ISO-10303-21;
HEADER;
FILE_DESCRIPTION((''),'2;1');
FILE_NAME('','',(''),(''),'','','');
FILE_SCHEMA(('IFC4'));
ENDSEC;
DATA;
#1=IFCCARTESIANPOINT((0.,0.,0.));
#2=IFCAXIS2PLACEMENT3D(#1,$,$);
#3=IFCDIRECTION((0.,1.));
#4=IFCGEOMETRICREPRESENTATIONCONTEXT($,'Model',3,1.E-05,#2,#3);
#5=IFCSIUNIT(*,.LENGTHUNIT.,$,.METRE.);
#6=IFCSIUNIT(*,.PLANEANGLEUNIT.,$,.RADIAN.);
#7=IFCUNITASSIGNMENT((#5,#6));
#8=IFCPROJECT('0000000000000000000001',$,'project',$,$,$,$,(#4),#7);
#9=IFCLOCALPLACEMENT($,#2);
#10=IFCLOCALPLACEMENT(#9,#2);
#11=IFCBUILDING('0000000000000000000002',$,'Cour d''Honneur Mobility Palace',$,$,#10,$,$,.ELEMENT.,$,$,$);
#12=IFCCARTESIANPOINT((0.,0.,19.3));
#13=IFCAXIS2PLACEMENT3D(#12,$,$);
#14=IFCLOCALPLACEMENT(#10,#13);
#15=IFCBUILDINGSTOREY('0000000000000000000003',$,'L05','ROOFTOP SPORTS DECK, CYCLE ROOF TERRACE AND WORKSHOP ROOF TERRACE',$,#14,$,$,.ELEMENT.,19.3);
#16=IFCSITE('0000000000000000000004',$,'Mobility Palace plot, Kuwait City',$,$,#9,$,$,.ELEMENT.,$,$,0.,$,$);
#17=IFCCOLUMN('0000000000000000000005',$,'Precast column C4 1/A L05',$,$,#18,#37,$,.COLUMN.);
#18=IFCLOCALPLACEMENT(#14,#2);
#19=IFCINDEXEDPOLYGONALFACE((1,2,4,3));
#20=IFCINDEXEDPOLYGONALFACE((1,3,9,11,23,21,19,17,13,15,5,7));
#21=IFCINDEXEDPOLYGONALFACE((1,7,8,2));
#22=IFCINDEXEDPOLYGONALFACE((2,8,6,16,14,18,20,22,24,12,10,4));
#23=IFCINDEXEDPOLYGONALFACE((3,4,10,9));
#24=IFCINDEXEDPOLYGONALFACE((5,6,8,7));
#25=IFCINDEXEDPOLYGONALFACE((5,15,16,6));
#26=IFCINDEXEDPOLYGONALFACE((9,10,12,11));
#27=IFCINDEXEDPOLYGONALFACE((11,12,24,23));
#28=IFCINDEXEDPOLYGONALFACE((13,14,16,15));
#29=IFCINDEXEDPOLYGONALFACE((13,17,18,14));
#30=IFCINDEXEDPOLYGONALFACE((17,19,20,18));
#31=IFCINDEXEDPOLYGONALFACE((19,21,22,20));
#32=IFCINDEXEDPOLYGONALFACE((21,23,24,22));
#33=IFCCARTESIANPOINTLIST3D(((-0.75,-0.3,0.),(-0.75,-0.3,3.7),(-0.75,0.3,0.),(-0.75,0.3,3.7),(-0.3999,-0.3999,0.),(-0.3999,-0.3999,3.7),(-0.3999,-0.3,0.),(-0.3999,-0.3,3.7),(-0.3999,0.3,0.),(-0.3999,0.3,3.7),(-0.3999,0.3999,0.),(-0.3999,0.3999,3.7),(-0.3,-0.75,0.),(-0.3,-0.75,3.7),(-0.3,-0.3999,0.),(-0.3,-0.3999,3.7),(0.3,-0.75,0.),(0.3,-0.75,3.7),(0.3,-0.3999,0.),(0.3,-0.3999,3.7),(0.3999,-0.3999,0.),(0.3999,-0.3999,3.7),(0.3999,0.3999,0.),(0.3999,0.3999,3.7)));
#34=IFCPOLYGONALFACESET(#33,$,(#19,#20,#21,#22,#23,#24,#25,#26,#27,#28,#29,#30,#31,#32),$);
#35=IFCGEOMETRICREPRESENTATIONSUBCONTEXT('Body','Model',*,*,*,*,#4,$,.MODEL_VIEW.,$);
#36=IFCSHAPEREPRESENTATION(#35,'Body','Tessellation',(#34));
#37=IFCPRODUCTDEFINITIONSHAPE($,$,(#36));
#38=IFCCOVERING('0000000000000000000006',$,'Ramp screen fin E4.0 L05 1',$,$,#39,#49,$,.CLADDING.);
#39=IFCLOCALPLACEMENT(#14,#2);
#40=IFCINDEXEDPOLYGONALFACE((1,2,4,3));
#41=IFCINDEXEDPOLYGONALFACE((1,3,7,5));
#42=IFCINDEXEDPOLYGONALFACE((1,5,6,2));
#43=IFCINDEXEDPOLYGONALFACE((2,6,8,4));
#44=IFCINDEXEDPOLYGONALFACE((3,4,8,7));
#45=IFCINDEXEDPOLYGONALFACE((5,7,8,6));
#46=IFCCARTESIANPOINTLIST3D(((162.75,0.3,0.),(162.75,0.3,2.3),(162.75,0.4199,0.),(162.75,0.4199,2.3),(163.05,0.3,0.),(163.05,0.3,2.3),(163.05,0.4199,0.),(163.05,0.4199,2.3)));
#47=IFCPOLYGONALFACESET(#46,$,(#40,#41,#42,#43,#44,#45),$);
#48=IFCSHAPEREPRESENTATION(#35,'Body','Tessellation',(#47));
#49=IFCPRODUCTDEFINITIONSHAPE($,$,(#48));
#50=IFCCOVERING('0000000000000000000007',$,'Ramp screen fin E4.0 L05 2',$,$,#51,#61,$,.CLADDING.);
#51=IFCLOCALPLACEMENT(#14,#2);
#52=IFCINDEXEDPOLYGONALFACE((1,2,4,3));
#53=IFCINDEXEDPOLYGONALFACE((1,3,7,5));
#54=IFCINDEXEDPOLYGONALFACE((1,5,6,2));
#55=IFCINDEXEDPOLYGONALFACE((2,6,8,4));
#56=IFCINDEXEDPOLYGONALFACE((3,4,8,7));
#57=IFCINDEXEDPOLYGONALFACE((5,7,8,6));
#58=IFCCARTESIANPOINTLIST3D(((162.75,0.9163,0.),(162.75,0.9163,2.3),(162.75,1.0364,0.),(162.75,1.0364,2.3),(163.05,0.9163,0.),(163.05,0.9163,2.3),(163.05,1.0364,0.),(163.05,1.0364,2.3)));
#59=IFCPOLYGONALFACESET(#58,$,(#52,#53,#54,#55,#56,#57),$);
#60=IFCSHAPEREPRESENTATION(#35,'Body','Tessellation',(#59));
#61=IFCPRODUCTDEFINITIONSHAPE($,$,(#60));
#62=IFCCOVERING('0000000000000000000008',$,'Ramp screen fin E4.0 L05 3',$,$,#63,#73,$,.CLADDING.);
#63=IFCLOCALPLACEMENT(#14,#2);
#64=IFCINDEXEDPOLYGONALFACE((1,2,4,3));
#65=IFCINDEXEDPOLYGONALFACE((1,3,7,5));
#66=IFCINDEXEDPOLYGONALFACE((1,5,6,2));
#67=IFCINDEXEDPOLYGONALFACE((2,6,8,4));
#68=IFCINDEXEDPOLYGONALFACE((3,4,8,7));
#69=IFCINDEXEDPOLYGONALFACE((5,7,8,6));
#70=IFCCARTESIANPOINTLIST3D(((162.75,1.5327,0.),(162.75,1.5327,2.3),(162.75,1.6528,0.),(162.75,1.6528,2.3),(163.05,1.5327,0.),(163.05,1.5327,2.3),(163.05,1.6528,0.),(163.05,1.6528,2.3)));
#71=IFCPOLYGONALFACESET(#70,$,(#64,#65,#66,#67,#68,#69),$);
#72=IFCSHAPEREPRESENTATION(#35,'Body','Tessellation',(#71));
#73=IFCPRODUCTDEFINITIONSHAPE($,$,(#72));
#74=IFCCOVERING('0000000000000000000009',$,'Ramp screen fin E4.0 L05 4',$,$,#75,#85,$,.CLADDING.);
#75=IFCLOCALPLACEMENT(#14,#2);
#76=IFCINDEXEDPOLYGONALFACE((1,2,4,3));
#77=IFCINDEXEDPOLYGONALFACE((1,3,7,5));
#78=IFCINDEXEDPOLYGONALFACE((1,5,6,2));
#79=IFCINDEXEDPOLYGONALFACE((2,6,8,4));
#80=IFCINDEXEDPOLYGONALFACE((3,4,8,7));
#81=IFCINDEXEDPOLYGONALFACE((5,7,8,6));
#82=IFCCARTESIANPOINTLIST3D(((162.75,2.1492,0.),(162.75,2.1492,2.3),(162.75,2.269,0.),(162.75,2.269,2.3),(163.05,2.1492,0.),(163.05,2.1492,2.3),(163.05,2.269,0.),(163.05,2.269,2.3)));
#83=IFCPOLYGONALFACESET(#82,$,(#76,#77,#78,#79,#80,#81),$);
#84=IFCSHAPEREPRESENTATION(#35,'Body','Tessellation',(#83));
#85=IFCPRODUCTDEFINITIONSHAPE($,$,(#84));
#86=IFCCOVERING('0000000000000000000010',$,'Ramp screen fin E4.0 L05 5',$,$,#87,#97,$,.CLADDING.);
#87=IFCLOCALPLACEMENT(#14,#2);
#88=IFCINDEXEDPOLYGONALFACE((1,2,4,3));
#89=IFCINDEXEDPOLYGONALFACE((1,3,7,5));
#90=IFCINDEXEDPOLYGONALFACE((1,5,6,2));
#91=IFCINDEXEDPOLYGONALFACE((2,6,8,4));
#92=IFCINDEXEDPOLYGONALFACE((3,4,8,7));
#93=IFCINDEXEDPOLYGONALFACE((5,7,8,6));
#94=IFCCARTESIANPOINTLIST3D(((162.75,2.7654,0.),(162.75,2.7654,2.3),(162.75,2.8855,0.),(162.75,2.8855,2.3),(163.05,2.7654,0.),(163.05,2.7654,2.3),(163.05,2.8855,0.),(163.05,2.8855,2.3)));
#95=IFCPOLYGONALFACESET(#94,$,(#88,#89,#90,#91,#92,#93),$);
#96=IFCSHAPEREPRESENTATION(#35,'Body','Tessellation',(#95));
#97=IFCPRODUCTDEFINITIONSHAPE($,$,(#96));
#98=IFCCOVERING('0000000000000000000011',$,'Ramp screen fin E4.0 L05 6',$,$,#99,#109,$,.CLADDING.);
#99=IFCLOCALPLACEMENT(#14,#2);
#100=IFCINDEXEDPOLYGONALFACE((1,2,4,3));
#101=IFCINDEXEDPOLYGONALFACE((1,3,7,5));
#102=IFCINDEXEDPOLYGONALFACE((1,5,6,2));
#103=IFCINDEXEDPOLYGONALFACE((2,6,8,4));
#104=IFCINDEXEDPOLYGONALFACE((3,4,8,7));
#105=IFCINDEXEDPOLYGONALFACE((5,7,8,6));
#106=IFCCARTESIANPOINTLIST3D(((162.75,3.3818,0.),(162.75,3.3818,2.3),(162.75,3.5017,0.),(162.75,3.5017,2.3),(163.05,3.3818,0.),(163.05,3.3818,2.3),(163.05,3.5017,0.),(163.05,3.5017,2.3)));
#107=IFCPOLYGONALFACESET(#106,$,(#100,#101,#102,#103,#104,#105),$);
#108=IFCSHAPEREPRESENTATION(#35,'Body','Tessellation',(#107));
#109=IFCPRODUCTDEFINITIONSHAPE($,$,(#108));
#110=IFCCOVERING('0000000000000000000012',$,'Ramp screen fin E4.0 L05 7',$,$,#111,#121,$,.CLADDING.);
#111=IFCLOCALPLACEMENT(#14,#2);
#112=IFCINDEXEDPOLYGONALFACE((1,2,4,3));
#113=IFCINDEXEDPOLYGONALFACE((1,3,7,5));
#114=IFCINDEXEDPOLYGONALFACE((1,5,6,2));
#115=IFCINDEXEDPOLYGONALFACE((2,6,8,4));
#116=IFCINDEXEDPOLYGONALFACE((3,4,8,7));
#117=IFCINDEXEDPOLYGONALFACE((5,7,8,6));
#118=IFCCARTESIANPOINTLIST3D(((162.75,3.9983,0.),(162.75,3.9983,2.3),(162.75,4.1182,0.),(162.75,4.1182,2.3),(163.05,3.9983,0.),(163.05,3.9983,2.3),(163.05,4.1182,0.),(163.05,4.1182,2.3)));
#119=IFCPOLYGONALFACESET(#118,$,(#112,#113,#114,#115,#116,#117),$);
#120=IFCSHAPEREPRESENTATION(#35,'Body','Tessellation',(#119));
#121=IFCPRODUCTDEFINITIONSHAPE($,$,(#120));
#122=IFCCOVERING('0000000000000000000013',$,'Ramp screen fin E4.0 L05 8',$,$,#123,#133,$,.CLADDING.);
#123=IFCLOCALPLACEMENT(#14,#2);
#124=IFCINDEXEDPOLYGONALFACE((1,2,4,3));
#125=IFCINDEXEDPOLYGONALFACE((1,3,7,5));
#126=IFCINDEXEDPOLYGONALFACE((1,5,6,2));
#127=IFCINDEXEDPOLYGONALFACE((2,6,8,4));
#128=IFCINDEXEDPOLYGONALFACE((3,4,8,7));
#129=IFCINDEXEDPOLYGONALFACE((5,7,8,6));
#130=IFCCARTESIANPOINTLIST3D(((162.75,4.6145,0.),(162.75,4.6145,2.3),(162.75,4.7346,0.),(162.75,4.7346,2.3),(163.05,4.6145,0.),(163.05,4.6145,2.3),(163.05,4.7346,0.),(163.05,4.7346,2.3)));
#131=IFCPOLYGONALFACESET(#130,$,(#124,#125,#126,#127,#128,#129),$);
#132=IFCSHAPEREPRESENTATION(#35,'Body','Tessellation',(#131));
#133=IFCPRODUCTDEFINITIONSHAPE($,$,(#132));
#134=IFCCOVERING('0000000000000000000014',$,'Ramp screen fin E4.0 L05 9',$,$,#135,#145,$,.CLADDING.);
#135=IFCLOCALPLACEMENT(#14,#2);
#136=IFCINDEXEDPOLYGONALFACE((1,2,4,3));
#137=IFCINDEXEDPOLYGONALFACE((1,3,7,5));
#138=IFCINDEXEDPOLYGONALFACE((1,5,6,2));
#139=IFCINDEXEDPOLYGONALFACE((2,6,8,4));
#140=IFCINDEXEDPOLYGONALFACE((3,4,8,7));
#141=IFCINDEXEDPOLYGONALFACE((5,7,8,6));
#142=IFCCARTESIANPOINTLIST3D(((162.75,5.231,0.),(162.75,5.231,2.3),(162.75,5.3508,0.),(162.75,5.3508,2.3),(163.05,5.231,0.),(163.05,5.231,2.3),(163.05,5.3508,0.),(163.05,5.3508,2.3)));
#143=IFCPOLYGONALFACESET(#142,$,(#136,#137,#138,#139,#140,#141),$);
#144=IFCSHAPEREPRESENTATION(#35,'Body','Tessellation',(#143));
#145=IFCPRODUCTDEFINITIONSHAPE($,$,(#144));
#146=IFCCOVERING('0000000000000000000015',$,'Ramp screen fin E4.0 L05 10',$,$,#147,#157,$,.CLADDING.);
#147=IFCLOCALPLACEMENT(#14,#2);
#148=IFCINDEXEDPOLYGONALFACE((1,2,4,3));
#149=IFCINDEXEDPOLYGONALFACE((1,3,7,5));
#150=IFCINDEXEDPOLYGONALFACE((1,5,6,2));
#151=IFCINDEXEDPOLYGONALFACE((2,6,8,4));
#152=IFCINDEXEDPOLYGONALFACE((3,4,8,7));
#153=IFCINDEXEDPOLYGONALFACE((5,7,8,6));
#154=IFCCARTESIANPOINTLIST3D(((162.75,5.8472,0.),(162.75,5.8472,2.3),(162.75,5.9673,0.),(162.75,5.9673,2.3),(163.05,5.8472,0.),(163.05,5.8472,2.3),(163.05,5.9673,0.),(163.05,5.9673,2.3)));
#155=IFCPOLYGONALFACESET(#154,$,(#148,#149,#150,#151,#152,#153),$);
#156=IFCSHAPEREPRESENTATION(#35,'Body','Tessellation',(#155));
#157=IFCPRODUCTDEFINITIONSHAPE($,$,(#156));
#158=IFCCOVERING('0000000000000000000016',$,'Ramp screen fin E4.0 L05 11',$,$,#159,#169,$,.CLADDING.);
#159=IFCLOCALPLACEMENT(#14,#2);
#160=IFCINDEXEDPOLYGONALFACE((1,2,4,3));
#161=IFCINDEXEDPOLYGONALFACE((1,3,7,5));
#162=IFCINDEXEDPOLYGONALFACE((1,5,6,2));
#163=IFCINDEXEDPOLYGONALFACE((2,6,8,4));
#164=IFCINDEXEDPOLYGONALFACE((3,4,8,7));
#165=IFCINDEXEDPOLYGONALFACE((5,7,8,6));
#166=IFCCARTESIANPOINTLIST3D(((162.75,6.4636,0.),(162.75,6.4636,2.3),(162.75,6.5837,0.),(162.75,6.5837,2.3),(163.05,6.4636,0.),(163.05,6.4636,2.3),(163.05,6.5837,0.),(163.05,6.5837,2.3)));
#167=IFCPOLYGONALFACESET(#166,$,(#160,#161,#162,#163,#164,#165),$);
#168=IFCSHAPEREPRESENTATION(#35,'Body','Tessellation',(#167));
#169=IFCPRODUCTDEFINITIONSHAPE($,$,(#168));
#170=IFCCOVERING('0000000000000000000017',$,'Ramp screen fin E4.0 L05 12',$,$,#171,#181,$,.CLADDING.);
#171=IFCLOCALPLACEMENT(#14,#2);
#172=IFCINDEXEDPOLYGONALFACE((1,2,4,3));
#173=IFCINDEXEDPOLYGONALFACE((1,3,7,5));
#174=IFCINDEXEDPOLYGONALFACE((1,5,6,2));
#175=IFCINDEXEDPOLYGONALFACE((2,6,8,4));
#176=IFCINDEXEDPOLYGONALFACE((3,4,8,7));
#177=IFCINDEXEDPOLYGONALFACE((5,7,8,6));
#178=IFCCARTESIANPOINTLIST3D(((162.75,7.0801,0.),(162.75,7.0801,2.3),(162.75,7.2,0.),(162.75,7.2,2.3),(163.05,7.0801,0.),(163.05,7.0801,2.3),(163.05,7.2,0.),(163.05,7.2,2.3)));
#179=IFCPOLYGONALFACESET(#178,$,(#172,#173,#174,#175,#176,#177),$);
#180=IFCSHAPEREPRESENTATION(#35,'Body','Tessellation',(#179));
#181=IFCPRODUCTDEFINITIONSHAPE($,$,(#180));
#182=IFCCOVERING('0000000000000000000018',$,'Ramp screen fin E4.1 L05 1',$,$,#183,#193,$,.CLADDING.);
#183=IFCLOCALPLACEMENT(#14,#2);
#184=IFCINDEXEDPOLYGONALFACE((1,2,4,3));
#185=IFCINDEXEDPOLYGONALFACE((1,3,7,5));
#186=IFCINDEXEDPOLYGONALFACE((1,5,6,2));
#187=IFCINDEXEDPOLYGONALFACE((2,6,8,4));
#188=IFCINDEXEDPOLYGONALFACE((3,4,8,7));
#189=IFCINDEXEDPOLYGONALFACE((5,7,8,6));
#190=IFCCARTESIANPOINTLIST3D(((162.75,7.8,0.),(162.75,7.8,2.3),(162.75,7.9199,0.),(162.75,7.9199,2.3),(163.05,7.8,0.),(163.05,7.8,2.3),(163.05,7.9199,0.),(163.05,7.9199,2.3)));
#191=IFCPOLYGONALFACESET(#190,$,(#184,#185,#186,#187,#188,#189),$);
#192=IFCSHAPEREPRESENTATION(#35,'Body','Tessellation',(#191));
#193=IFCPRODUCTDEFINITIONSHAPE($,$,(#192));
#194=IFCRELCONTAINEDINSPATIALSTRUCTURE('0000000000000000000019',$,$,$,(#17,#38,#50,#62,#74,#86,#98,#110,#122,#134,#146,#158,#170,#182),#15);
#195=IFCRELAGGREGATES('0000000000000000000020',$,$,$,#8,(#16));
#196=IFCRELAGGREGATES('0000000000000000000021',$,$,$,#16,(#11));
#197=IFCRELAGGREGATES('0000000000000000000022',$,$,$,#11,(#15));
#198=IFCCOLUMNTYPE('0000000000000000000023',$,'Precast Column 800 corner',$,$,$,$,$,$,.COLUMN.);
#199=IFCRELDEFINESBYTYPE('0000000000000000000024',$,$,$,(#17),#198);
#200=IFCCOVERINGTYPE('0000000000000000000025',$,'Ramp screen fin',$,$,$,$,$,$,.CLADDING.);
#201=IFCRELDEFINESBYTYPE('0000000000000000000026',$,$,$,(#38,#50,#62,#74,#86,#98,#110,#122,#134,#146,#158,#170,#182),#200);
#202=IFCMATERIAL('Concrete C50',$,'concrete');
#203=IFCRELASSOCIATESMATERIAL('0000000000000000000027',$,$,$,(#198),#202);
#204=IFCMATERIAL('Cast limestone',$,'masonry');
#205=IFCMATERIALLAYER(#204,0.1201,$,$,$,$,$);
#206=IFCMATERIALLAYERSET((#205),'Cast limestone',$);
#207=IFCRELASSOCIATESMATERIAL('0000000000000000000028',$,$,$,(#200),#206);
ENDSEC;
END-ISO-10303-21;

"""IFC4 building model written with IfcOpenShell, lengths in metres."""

from ifc_helpers import new_model, si_unit, direction, frame, origin, place, context, subcontext, project, spatial, polyline, outline, extrude, material, layer, layer_set, material_profile, profile_set, type_object, element, save


model = new_model("IFC4")

# Units and contexts
model_context = context("Model", 3, precision=1e-05, world=origin(), true_north=direction((0.0, 1.0)))
body_context = subcontext(model_context, "Body", "Model", "MODEL_VIEW")
ifc_project = project(units=[si_unit("LENGTHUNIT", "METRE"), si_unit("PLANEANGLEUNIT", "RADIAN")], contexts=[model_context])

# Site, building, storey
site_placement = place(None, origin())
site = spatial("IfcSite", under=ifc_project, at=site_placement, Name="Mobility Palace plot, Kuwait City", CompositionType="ELEMENT", RefElevation=0.0)
building_placement = place(site_placement, origin())
building = spatial("IfcBuilding", under=site, at=building_placement, Name="Cour d'Honneur Mobility Palace", CompositionType="ELEMENT")
storey_placement = place(building_placement, frame((0.0, 0.0, 19.3)))
storey = spatial("IfcBuildingStorey", under=building, at=storey_placement, Name="L05", Description="ROOFTOP SPORTS DECK, CYCLE ROOF TERRACE AND WORKSHOP ROOF TERRACE", CompositionType="ELEMENT", Elevation=19.3)

# Column
ifc_material_1 = material(Name="Concrete C50", Category="concrete")
ifc_material_profile = material_profile(ifc_material_1, outline(polyline([(-0.3999, -0.3999), (0.3999, -0.3999), (0.3999, -0.3), (0.75, -0.3), (0.75, 0.3), (0.3999, 0.3), (0.3999, 0.3999), (0.3, 0.3999), (0.3, 0.75), (-0.3, 0.75), (-0.3, 0.3999), (-0.3999, 0.3999), (-0.3999, -0.3999)])), Name="PC C800 corner")
ifc_profile_set = profile_set([ifc_material_profile], Name="Concrete C50")
column_type = type_object("IfcColumnType", Name="Precast Column 800 corner", PredefinedType="COLUMN", material=ifc_profile_set)
column_placement = place(storey_placement, frame((0.0, 0.0, 0.0), z_axis=(0.0, 0.0, 1.0), x_axis=(-1.0, 0.0, 0.0)))
element("IfcColumn", 1, at=column_placement, inside=storey, type_object=column_type, Name="Precast column C4 1/A L05", PredefinedType="COLUMN", context=body_context, shape_type="SweptSolid", body=[
    extrude(outline(polyline([(-0.3999, -0.3999), (0.3999, -0.3999), (0.3999, -0.3), (0.75, -0.3), (0.75, 0.3), (0.3999, 0.3), (0.3999, 0.3999), (0.3, 0.3999), (0.3, 0.75), (-0.3, 0.75), (-0.3, 0.3999), (-0.3999, 0.3999), (-0.3999, -0.3999)])), origin(), (0.0, 0.0, 1.0), 3.7),
])

# Coverings
ifc_material_2 = material(Name="Cast limestone", Category="masonry")
ifc_layer = layer(ifc_material_2, 0.1201)
ifc_layer_set = layer_set([ifc_layer], Name="Cast limestone")
covering_type = type_object("IfcCoveringType", Name="Ramp screen fin", PredefinedType="CLADDING", material=ifc_layer_set)
covering_1_placement = place(storey_placement, origin())
element("IfcCovering", 2, at=covering_1_placement, inside=storey, type_object=covering_type, Name="Ramp screen fin E4.0 L05 1", PredefinedType="CLADDING", context=body_context, shape_type="SweptSolid", body=[
    extrude(outline(polyline([(162.75, 0.3), (162.75, 0.4199), (163.05, 0.4199), (163.05, 0.3), (162.75, 0.3)])), origin(), (0.0, 0.0, 1.0), 2.3),
])
covering_2_placement = place(storey_placement, origin())
element("IfcCovering", 3, at=covering_2_placement, inside=storey, type_object=covering_type, Name="Ramp screen fin E4.0 L05 2", PredefinedType="CLADDING", context=body_context, shape_type="SweptSolid", body=[
    extrude(outline(polyline([(162.75, 0.9163), (162.75, 1.0364), (163.05, 1.0364), (163.05, 0.9163), (162.75, 0.9163)])), origin(), (0.0, 0.0, 1.0), 2.3),
])
covering_3_placement = place(storey_placement, origin())
element("IfcCovering", 4, at=covering_3_placement, inside=storey, type_object=covering_type, Name="Ramp screen fin E4.0 L05 3", PredefinedType="CLADDING", context=body_context, shape_type="SweptSolid", body=[
    extrude(outline(polyline([(162.75, 1.5327), (162.75, 1.6528), (163.05, 1.6528), (163.05, 1.5327), (162.75, 1.5327)])), origin(), (0.0, 0.0, 1.0), 2.3),
])
covering_4_placement = place(storey_placement, origin())
element("IfcCovering", 5, at=covering_4_placement, inside=storey, type_object=covering_type, Name="Ramp screen fin E4.0 L05 4", PredefinedType="CLADDING", context=body_context, shape_type="SweptSolid", body=[
    extrude(outline(polyline([(162.75, 2.1492), (162.75, 2.269), (163.05, 2.269), (163.05, 2.1492), (162.75, 2.1492)])), origin(), (0.0, 0.0, 1.0), 2.3),
])
covering_5_placement = place(storey_placement, origin())
element("IfcCovering", 6, at=covering_5_placement, inside=storey, type_object=covering_type, Name="Ramp screen fin E4.0 L05 5", PredefinedType="CLADDING", context=body_context, shape_type="SweptSolid", body=[
    extrude(outline(polyline([(162.75, 2.7654), (162.75, 2.8855), (163.05, 2.8855), (163.05, 2.7654), (162.75, 2.7654)])), origin(), (0.0, 0.0, 1.0), 2.3),
])
covering_6_placement = place(storey_placement, origin())
element("IfcCovering", 7, at=covering_6_placement, inside=storey, type_object=covering_type, Name="Ramp screen fin E4.0 L05 6", PredefinedType="CLADDING", context=body_context, shape_type="SweptSolid", body=[
    extrude(outline(polyline([(162.75, 3.3818), (162.75, 3.5017), (163.05, 3.5017), (163.05, 3.3818), (162.75, 3.3818)])), origin(), (0.0, 0.0, 1.0), 2.3),
])
covering_7_placement = place(storey_placement, origin())
element("IfcCovering", 8, at=covering_7_placement, inside=storey, type_object=covering_type, Name="Ramp screen fin E4.0 L05 7", PredefinedType="CLADDING", context=body_context, shape_type="SweptSolid", body=[
    extrude(outline(polyline([(162.75, 3.9983), (162.75, 4.1182), (163.05, 4.1182), (163.05, 3.9983), (162.75, 3.9983)])), origin(), (0.0, 0.0, 1.0), 2.3),
])
covering_8_placement = place(storey_placement, origin())
element("IfcCovering", 9, at=covering_8_placement, inside=storey, type_object=covering_type, Name="Ramp screen fin E4.0 L05 8", PredefinedType="CLADDING", context=body_context, shape_type="SweptSolid", body=[
    extrude(outline(polyline([(162.75, 4.6145), (162.75, 4.7346), (163.05, 4.7346), (163.05, 4.6145), (162.75, 4.6145)])), origin(), (0.0, 0.0, 1.0), 2.3),
])
covering_9_placement = place(storey_placement, origin())
element("IfcCovering", 10, at=covering_9_placement, inside=storey, type_object=covering_type, Name="Ramp screen fin E4.0 L05 9", PredefinedType="CLADDING", context=body_context, shape_type="SweptSolid", body=[
    extrude(outline(polyline([(162.75, 5.231), (162.75, 5.3508), (163.05, 5.3508), (163.05, 5.231), (162.75, 5.231)])), origin(), (0.0, 0.0, 1.0), 2.3),
])
covering_10_placement = place(storey_placement, origin())
element("IfcCovering", 11, at=covering_10_placement, inside=storey, type_object=covering_type, Name="Ramp screen fin E4.0 L05 10", PredefinedType="CLADDING", context=body_context, shape_type="SweptSolid", body=[
    extrude(outline(polyline([(162.75, 5.8472), (162.75, 5.9673), (163.05, 5.9673), (163.05, 5.8472), (162.75, 5.8472)])), origin(), (0.0, 0.0, 1.0), 2.3),
])
covering_11_placement = place(storey_placement, origin())
element("IfcCovering", 12, at=covering_11_placement, inside=storey, type_object=covering_type, Name="Ramp screen fin E4.0 L05 11", PredefinedType="CLADDING", context=body_context, shape_type="SweptSolid", body=[
    extrude(outline(polyline([(162.75, 6.4636), (162.75, 6.5837), (163.05, 6.5837), (163.05, 6.4636), (162.75, 6.4636)])), origin(), (0.0, 0.0, 1.0), 2.3),
])
covering_12_placement = place(storey_placement, origin())
element("IfcCovering", 13, at=covering_12_placement, inside=storey, type_object=covering_type, Name="Ramp screen fin E4.0 L05 12", PredefinedType="CLADDING", context=body_context, shape_type="SweptSolid", body=[
    extrude(outline(polyline([(162.75, 7.0801), (162.75, 7.2), (163.05, 7.2), (163.05, 7.0801), (162.75, 7.0801)])), origin(), (0.0, 0.0, 1.0), 2.3),
])
covering_13_placement = place(storey_placement, origin())
element("IfcCovering", 14, at=covering_13_placement, inside=storey, type_object=covering_type, Name="Ramp screen fin E4.1 L05 1", PredefinedType="CLADDING", context=body_context, shape_type="SweptSolid", body=[
    extrude(outline(polyline([(162.75, 7.8), (162.75, 7.9199), (163.05, 7.9199), (163.05, 7.8), (162.75, 7.8)])), origin(), (0.0, 0.0, 1.0), 2.3),
])

save(model, "model.ifc")
